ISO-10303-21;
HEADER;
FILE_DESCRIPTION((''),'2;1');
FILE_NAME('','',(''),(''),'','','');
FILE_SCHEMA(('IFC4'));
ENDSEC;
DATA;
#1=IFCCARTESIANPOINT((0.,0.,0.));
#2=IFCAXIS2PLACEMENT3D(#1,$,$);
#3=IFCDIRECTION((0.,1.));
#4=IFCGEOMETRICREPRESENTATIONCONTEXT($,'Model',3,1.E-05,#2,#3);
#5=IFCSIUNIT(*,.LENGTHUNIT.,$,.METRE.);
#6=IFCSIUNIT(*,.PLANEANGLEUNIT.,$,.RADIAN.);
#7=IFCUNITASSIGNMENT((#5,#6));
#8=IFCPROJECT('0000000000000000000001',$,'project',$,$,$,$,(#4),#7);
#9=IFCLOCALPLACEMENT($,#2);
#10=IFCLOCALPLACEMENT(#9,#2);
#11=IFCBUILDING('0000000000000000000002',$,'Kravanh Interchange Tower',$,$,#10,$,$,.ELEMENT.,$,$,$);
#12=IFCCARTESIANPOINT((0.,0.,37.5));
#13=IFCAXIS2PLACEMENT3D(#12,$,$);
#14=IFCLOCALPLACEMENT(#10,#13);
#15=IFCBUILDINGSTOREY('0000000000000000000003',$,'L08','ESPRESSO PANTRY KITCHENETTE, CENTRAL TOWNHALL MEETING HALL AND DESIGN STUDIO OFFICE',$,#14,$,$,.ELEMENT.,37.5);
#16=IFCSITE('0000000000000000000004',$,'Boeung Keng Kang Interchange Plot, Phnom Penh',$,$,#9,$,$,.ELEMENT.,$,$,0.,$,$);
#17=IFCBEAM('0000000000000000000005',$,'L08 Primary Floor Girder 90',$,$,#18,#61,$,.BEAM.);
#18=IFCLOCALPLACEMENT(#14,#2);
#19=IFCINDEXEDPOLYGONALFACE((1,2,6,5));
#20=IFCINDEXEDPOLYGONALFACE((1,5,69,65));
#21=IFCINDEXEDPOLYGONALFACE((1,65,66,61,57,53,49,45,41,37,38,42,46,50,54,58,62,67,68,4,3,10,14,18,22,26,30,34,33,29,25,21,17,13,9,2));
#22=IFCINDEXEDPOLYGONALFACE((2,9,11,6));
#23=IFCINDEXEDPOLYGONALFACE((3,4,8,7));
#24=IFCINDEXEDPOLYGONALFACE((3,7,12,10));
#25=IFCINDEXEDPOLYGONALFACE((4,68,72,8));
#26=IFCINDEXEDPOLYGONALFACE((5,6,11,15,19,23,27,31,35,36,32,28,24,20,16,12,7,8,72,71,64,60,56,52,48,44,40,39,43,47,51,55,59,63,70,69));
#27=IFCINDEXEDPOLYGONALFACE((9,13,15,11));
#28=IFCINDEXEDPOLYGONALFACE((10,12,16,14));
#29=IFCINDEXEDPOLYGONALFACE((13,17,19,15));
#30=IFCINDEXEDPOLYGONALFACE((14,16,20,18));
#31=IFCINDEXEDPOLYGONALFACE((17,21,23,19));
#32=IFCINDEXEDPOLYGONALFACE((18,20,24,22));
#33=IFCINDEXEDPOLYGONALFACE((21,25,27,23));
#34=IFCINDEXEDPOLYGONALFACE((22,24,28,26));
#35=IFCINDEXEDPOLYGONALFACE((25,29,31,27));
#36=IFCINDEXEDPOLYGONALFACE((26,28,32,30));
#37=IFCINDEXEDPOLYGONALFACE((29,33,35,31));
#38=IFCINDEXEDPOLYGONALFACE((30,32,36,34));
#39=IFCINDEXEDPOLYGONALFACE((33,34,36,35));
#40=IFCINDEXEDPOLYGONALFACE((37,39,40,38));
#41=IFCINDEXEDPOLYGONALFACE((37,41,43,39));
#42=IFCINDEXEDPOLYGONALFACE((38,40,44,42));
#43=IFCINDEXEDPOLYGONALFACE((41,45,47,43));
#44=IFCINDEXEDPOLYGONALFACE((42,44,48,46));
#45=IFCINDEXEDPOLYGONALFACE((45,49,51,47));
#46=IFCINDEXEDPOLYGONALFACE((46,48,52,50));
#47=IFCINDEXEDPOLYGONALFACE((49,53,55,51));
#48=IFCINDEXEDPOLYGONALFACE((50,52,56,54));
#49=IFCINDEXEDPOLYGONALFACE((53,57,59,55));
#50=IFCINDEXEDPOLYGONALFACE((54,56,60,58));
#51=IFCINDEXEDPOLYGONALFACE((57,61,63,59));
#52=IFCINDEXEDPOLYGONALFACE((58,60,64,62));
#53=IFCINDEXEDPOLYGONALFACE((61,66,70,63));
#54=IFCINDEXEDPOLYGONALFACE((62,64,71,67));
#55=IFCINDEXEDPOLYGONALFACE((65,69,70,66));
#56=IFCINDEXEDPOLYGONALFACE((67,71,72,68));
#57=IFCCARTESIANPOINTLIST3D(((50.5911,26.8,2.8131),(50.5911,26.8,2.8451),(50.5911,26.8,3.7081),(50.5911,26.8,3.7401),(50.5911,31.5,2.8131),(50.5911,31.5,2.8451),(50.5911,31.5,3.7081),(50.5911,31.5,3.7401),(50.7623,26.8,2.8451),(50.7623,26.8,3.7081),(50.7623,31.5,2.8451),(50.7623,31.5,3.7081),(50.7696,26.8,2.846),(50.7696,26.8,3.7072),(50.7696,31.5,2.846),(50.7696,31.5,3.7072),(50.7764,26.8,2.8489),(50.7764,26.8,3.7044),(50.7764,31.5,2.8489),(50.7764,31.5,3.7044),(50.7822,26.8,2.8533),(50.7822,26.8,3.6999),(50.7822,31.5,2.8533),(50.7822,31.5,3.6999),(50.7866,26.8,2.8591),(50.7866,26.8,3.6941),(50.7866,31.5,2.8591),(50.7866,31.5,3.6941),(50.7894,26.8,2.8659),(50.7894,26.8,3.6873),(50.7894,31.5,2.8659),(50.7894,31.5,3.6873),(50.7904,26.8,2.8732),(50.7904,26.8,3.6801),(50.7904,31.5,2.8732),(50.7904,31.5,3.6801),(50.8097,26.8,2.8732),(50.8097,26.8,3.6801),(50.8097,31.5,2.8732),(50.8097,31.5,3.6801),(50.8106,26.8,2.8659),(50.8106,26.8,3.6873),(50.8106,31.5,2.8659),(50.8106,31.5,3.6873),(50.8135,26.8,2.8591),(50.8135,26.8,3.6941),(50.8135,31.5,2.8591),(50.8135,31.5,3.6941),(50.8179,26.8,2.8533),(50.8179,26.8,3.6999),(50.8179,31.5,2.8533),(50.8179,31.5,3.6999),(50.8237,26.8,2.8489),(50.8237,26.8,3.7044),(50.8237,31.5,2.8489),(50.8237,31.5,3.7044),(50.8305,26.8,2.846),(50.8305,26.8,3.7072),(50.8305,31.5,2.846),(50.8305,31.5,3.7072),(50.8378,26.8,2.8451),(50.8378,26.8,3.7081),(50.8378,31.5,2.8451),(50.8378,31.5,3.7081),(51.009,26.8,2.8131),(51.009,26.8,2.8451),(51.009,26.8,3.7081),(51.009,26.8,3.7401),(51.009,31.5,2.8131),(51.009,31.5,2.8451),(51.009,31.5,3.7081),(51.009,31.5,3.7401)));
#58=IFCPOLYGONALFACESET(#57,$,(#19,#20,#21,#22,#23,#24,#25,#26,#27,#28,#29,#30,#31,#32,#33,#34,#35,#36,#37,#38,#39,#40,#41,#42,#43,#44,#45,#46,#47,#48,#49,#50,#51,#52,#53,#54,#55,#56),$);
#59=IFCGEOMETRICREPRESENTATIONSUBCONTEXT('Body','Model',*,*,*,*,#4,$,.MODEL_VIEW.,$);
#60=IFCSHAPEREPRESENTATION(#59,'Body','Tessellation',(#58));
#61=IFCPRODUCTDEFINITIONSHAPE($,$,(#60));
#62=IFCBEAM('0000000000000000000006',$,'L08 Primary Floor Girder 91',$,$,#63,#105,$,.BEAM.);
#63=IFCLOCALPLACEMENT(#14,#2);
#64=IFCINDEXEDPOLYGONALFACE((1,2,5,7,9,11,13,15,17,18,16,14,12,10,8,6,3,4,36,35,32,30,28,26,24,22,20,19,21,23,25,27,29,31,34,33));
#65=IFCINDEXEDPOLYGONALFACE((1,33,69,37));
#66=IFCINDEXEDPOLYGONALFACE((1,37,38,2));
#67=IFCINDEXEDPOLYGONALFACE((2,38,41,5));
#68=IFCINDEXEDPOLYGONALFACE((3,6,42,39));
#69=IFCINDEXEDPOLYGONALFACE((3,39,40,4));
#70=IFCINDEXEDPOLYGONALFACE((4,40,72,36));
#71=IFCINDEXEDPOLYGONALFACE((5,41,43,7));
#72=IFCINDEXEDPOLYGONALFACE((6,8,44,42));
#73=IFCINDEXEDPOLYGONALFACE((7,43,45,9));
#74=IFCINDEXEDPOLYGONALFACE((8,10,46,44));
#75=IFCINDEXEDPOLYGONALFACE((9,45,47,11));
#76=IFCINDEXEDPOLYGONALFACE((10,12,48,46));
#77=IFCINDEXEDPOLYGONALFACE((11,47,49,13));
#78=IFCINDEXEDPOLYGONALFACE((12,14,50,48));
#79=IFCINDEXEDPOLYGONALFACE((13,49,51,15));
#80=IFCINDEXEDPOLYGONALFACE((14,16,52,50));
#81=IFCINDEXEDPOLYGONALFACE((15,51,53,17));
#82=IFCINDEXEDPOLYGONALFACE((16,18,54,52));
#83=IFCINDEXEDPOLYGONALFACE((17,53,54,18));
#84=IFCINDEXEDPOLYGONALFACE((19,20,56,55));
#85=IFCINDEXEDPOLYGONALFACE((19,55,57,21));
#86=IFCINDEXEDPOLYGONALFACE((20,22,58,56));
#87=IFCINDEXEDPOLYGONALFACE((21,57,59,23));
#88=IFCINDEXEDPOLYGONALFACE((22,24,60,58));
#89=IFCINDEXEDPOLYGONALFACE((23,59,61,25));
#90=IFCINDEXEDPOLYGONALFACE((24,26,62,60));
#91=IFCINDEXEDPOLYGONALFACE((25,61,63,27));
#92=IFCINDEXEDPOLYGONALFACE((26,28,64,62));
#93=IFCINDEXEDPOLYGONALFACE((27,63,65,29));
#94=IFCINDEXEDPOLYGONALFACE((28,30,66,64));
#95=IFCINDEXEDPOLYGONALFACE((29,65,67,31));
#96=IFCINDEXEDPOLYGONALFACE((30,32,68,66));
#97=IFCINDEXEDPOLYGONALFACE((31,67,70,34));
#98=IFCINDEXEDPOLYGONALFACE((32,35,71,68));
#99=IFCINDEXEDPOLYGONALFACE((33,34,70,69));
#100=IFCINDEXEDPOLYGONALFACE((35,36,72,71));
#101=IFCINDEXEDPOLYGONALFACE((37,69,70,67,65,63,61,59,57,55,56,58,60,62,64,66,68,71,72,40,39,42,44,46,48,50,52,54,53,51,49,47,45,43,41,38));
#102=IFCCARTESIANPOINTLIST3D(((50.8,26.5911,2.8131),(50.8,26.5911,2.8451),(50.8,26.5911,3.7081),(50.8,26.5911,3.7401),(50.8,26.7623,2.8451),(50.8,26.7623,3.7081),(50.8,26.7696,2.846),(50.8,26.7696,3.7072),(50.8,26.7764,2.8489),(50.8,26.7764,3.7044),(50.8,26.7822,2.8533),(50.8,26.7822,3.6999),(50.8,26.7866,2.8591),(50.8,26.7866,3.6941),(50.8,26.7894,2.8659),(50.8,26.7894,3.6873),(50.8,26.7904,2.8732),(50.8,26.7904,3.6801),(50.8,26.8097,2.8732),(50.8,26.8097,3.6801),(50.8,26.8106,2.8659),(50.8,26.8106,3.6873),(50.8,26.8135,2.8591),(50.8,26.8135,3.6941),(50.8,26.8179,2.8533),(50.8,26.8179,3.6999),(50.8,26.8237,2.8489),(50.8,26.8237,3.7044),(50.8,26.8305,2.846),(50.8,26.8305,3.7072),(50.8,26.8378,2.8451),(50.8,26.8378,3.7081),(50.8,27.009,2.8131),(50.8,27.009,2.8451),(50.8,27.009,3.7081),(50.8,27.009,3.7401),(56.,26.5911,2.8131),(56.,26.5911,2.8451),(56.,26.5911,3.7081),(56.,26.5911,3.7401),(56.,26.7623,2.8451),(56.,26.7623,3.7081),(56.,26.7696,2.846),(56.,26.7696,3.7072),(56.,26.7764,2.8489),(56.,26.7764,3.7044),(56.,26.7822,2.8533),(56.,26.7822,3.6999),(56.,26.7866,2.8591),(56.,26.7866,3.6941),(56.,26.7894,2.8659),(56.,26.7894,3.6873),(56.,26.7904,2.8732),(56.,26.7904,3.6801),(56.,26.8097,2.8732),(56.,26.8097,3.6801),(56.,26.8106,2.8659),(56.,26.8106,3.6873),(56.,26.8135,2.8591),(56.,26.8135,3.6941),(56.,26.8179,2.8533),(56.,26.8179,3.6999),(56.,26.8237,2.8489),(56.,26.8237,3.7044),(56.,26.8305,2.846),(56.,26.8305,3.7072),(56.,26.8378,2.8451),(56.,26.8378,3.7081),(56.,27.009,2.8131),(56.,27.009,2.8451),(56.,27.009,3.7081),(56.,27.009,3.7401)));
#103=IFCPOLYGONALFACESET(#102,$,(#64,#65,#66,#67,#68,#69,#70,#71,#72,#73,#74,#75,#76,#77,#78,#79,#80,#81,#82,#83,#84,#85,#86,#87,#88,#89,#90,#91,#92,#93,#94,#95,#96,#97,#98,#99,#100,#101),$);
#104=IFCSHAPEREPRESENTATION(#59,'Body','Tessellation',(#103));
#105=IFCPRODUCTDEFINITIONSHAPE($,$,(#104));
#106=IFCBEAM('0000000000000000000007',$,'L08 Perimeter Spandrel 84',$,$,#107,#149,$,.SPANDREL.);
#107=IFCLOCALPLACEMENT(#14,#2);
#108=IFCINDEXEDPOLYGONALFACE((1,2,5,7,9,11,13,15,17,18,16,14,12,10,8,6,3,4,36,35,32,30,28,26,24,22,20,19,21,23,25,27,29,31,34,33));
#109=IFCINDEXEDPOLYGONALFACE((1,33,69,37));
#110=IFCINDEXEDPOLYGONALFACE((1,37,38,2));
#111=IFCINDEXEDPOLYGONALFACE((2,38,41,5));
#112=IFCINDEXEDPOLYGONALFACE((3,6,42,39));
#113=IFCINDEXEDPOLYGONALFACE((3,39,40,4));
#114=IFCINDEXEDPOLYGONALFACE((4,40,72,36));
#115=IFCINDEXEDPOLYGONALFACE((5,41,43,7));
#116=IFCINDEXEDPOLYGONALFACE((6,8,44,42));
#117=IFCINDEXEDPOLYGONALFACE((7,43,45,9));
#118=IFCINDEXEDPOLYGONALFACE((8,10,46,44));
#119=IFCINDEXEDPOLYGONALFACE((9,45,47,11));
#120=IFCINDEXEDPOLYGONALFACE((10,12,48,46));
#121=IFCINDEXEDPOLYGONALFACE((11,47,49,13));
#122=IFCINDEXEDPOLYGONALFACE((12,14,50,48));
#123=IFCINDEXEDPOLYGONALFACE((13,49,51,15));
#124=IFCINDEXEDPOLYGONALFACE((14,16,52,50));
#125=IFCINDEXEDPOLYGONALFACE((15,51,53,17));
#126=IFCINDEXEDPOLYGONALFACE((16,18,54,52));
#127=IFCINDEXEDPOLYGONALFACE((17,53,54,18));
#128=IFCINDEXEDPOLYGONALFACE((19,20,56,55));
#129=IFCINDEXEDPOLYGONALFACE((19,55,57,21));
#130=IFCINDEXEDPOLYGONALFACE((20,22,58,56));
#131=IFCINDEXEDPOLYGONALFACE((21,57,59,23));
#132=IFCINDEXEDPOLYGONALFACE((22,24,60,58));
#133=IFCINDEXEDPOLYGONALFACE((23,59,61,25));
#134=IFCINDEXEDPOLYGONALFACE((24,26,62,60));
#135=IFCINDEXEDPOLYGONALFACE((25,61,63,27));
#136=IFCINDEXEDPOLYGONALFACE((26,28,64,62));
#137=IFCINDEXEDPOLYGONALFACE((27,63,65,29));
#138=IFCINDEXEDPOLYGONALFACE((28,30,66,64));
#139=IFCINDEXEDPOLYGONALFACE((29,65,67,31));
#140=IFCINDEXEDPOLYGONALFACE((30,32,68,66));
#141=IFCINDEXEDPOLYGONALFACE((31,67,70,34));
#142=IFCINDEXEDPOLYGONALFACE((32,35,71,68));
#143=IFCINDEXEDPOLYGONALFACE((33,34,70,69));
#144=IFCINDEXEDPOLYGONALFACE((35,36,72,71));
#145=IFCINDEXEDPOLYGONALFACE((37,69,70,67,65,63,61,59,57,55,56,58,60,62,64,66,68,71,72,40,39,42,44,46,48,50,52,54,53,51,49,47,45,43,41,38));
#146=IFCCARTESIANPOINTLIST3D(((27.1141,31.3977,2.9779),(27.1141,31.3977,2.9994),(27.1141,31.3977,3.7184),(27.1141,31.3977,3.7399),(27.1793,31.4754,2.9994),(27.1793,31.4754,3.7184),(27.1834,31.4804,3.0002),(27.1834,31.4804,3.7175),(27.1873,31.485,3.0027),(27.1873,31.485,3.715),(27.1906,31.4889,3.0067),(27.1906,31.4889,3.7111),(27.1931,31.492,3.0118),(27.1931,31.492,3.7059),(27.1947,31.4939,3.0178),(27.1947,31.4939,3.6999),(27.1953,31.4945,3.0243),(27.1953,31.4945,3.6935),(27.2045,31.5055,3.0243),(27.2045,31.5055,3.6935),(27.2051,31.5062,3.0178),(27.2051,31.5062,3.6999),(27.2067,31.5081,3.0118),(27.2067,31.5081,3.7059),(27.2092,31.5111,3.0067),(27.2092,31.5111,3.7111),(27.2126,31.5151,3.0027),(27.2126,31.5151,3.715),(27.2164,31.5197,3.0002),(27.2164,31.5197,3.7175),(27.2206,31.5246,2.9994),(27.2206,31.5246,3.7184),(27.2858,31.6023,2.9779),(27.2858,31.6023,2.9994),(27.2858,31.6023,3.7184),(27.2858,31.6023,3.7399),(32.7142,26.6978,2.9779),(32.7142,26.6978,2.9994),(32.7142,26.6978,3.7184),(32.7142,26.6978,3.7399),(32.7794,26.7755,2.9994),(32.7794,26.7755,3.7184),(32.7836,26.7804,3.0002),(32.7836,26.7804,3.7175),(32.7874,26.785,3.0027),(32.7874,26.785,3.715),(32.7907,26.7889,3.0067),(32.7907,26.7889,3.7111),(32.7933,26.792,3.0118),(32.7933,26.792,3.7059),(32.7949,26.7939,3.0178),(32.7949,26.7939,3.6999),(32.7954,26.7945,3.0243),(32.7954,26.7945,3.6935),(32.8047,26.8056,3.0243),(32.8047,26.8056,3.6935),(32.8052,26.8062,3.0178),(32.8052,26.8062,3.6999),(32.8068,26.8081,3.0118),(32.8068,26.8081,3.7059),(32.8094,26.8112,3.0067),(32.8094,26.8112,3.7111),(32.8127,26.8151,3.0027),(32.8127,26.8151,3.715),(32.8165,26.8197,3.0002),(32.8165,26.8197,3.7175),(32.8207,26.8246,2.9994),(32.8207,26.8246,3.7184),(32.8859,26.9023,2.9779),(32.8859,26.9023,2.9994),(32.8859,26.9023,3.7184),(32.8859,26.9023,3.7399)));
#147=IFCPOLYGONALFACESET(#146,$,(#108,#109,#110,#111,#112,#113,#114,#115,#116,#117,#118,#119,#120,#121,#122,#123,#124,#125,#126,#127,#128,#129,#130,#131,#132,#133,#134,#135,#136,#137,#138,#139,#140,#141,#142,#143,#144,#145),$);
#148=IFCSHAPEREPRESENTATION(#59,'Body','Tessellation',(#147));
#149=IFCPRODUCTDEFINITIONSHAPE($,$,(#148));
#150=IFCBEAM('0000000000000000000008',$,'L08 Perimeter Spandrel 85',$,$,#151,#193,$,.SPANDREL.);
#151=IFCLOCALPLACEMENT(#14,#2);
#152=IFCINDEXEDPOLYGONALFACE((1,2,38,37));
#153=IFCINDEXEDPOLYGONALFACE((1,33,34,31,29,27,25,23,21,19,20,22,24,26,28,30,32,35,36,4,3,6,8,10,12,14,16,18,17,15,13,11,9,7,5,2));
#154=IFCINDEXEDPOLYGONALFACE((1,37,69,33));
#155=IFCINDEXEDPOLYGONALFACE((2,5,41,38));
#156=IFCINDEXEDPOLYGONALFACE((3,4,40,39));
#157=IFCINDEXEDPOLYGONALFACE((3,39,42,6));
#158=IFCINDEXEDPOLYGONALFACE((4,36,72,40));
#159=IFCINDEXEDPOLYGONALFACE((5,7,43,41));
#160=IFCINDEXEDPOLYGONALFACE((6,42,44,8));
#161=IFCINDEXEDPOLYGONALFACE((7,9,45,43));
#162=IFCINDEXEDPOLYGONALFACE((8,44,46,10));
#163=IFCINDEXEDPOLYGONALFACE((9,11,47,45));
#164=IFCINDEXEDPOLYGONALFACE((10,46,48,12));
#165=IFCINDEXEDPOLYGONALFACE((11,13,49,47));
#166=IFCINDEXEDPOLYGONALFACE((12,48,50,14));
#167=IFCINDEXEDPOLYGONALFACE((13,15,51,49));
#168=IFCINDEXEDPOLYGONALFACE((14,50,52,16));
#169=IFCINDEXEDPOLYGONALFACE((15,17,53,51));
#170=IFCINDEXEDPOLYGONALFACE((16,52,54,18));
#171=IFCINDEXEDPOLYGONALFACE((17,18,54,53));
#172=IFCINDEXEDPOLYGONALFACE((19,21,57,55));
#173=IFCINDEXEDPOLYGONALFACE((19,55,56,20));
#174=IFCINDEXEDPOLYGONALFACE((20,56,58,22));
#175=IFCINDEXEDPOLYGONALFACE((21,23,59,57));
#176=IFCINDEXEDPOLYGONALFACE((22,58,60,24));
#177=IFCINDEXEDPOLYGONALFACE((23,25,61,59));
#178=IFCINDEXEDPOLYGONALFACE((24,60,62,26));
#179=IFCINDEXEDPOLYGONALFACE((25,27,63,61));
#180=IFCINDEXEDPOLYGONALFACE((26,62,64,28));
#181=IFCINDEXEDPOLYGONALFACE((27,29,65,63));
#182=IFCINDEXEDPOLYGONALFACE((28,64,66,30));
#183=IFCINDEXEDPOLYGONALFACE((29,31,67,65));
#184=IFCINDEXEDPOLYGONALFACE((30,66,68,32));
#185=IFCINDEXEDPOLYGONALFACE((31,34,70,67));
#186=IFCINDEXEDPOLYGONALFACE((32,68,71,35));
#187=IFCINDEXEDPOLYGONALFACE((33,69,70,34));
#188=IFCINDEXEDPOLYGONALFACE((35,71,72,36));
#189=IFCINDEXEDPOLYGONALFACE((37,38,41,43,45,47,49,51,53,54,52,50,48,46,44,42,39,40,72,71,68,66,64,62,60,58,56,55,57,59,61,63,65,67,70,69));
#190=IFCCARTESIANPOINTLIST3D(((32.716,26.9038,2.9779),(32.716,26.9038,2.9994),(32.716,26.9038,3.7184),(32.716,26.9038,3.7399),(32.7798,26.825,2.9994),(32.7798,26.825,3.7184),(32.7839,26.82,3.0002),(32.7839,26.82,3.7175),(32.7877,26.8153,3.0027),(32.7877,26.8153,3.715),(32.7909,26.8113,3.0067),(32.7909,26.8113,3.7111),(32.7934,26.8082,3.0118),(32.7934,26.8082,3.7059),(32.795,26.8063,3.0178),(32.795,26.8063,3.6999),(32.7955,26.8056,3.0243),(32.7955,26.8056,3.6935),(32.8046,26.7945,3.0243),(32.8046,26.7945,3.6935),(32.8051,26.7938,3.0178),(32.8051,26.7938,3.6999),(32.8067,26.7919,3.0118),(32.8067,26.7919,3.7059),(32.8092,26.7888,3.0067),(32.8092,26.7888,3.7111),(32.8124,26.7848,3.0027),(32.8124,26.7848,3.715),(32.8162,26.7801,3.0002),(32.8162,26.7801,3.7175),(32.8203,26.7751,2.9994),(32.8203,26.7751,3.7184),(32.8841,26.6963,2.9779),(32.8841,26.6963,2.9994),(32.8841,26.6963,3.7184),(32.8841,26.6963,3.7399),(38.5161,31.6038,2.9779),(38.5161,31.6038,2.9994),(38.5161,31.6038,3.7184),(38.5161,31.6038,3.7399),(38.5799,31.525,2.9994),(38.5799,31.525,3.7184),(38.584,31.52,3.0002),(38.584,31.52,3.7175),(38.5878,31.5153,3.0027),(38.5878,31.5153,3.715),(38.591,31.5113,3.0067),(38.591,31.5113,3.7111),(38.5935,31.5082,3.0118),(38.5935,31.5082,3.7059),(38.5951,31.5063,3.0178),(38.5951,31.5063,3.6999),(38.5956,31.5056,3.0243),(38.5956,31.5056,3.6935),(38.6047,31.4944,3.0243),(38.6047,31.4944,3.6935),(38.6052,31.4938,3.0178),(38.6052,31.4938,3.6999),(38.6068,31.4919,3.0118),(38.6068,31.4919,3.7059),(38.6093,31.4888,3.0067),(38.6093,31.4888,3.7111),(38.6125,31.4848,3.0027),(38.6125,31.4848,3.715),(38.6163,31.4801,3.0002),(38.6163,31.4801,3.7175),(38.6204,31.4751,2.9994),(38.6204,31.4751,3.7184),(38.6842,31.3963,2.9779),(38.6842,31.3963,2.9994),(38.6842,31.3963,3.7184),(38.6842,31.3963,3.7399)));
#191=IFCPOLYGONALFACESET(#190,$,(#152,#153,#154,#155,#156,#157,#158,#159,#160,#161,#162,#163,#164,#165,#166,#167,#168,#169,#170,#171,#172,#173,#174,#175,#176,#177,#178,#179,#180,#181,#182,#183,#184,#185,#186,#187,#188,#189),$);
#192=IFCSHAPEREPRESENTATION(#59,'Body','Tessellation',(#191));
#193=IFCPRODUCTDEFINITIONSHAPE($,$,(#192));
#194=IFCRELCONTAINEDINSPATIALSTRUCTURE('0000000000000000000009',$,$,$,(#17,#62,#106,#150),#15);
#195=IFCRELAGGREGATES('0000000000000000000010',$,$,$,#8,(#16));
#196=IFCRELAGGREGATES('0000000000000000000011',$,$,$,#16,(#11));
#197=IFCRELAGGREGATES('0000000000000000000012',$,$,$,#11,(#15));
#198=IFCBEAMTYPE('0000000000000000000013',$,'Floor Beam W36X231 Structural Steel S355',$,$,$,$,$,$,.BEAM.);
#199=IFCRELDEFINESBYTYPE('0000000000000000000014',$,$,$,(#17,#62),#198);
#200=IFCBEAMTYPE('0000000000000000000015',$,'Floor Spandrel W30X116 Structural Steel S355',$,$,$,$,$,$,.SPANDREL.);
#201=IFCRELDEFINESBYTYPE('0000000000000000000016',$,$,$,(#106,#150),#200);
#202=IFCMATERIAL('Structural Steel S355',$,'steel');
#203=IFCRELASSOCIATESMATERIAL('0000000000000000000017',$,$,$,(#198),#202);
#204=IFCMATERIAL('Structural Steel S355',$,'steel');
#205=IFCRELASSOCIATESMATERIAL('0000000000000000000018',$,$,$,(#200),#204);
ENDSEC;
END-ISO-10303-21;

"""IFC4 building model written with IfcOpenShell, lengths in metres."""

from ifc_helpers import new_model, si_unit, direction, frame, origin, origin_2d, place, context, subcontext, project, spatial, i_section, extrude, material, material_profile, profile_set, type_object, element, save


model = new_model("IFC4")

# Units and contexts
model_context = context("Model", 3, precision=1e-05, world=origin(), true_north=direction((0.0, 1.0)))
body_context = subcontext(model_context, "Body", "Model", "MODEL_VIEW")
ifc_project = project(units=[si_unit("LENGTHUNIT", "METRE"), si_unit("PLANEANGLEUNIT", "RADIAN")], contexts=[model_context])

# Site, building, storey
site_placement = place(None, origin())
site = spatial("IfcSite", under=ifc_project, at=site_placement, Name="Boeung Keng Kang Interchange Plot, Phnom Penh", CompositionType="ELEMENT", RefElevation=0.0)
building_placement = place(site_placement, origin())
building = spatial("IfcBuilding", under=site, at=building_placement, Name="Kravanh Interchange Tower", CompositionType="ELEMENT")
storey_placement = place(building_placement, frame((0.0, 0.0, 37.5)))
storey = spatial("IfcBuildingStorey", under=building, at=storey_placement, Name="L08", Description="ESPRESSO PANTRY KITCHENETTE, CENTRAL TOWNHALL MEETING HALL AND DESIGN STUDIO OFFICE", CompositionType="ELEMENT", Elevation=37.5)

# Beams
ifc_material_1 = material(Name="Structural Steel S355", Category="steel")
ifc_material_profile_1 = material_profile(ifc_material_1, i_section(OverallWidth=0.418, OverallDepth=0.927, WebThickness=0.0193, FlangeThickness=0.032, FilletRadius=0.0281, at=origin_2d()), Name="W36X231")
ifc_profile_set_1 = profile_set([ifc_material_profile_1], Name="Structural Steel S355")
beam_type_1 = type_object("IfcBeamType", Name="Floor Beam W36X231 Structural Steel S355", PredefinedType="BEAM", material=ifc_profile_set_1)
beam_1_placement = place(storey_placement, frame((50.8, 26.8, 3.2766), z_axis=(0.0, 1.0, 0.0), x_axis=(-1.0, 0.0, 0.0)))
element("IfcBeam", 1, at=beam_1_placement, inside=storey, type_object=beam_type_1, Name="L08 Primary Floor Girder 90", PredefinedType="BEAM", context=body_context, shape_type="SweptSolid", body=[
    extrude(i_section(OverallWidth=0.418, OverallDepth=0.927, WebThickness=0.0193, FlangeThickness=0.032, FilletRadius=0.0281, at=origin_2d()), origin(), (0.0, 0.0, 1.0), 4.7),
])
beam_2_placement = place(storey_placement, frame((50.8, 26.8, 3.2766), z_axis=(1.0, 0.0, 0.0), x_axis=(0.0, 1.0, 0.0)))
element("IfcBeam", 2, at=beam_2_placement, inside=storey, type_object=beam_type_1, Name="L08 Primary Floor Girder 91", PredefinedType="BEAM", context=body_context, shape_type="SweptSolid", body=[
    extrude(i_section(OverallWidth=0.418, OverallDepth=0.927, WebThickness=0.0193, FlangeThickness=0.032, FilletRadius=0.0281, at=origin_2d()), origin(), (0.0, 0.0, 1.0), 5.2),
])
ifc_material_2 = material(Name="Structural Steel S355", Category="steel")
ifc_material_profile_2 = material_profile(ifc_material_2, i_section(OverallWidth=0.2671, OverallDepth=0.762, WebThickness=0.0144, FlangeThickness=0.0215, FilletRadius=0.0249, at=origin_2d()), Name="W30X116")
ifc_profile_set_2 = profile_set([ifc_material_profile_2], Name="Structural Steel S355")
beam_type_2 = type_object("IfcBeamType", Name="Floor Spandrel W30X116 Structural Steel S355", PredefinedType="SPANDREL", material=ifc_profile_set_2)
beam_3_placement = place(storey_placement, frame((32.8, 26.8, 3.3589), z_axis=(-0.765983, 0.642861, 0.0), x_axis=(-0.642861, -0.765983, 0.0)))
element("IfcBeam", 3, at=beam_3_placement, inside=storey, type_object=beam_type_2, Name="L08 Perimeter Spandrel 84", PredefinedType="SPANDREL", context=body_context, shape_type="SweptSolid", body=[
    extrude(i_section(OverallWidth=0.2671, OverallDepth=0.762, WebThickness=0.0144, FlangeThickness=0.0215, FilletRadius=0.0249, at=origin_2d()), origin(), (0.0, 0.0, 1.0), 7.311),
])
for number, where, z_axis, x_axis, name in (
    (4, (32.8, 26.8, 3.3589), (0.776939, 0.629576, 0.0), (-0.629576, 0.776939, 0.0), "L08 Perimeter Spandrel 85"),
):
    element("IfcBeam", number, at=place(storey_placement, frame(where, z_axis=z_axis, x_axis=x_axis)), inside=storey, type_object=beam_type_2, Name=name, PredefinedType="SPANDREL", context=body_context, shape_type="SweptSolid", body=[
        extrude(i_section(OverallWidth=0.2671, OverallDepth=0.762, WebThickness=0.0144, FlangeThickness=0.0215, FilletRadius=0.0249, at=origin_2d()), origin(), (0.0, 0.0, 1.0), 7.4653),
    ])

save(model, "model.ifc")
